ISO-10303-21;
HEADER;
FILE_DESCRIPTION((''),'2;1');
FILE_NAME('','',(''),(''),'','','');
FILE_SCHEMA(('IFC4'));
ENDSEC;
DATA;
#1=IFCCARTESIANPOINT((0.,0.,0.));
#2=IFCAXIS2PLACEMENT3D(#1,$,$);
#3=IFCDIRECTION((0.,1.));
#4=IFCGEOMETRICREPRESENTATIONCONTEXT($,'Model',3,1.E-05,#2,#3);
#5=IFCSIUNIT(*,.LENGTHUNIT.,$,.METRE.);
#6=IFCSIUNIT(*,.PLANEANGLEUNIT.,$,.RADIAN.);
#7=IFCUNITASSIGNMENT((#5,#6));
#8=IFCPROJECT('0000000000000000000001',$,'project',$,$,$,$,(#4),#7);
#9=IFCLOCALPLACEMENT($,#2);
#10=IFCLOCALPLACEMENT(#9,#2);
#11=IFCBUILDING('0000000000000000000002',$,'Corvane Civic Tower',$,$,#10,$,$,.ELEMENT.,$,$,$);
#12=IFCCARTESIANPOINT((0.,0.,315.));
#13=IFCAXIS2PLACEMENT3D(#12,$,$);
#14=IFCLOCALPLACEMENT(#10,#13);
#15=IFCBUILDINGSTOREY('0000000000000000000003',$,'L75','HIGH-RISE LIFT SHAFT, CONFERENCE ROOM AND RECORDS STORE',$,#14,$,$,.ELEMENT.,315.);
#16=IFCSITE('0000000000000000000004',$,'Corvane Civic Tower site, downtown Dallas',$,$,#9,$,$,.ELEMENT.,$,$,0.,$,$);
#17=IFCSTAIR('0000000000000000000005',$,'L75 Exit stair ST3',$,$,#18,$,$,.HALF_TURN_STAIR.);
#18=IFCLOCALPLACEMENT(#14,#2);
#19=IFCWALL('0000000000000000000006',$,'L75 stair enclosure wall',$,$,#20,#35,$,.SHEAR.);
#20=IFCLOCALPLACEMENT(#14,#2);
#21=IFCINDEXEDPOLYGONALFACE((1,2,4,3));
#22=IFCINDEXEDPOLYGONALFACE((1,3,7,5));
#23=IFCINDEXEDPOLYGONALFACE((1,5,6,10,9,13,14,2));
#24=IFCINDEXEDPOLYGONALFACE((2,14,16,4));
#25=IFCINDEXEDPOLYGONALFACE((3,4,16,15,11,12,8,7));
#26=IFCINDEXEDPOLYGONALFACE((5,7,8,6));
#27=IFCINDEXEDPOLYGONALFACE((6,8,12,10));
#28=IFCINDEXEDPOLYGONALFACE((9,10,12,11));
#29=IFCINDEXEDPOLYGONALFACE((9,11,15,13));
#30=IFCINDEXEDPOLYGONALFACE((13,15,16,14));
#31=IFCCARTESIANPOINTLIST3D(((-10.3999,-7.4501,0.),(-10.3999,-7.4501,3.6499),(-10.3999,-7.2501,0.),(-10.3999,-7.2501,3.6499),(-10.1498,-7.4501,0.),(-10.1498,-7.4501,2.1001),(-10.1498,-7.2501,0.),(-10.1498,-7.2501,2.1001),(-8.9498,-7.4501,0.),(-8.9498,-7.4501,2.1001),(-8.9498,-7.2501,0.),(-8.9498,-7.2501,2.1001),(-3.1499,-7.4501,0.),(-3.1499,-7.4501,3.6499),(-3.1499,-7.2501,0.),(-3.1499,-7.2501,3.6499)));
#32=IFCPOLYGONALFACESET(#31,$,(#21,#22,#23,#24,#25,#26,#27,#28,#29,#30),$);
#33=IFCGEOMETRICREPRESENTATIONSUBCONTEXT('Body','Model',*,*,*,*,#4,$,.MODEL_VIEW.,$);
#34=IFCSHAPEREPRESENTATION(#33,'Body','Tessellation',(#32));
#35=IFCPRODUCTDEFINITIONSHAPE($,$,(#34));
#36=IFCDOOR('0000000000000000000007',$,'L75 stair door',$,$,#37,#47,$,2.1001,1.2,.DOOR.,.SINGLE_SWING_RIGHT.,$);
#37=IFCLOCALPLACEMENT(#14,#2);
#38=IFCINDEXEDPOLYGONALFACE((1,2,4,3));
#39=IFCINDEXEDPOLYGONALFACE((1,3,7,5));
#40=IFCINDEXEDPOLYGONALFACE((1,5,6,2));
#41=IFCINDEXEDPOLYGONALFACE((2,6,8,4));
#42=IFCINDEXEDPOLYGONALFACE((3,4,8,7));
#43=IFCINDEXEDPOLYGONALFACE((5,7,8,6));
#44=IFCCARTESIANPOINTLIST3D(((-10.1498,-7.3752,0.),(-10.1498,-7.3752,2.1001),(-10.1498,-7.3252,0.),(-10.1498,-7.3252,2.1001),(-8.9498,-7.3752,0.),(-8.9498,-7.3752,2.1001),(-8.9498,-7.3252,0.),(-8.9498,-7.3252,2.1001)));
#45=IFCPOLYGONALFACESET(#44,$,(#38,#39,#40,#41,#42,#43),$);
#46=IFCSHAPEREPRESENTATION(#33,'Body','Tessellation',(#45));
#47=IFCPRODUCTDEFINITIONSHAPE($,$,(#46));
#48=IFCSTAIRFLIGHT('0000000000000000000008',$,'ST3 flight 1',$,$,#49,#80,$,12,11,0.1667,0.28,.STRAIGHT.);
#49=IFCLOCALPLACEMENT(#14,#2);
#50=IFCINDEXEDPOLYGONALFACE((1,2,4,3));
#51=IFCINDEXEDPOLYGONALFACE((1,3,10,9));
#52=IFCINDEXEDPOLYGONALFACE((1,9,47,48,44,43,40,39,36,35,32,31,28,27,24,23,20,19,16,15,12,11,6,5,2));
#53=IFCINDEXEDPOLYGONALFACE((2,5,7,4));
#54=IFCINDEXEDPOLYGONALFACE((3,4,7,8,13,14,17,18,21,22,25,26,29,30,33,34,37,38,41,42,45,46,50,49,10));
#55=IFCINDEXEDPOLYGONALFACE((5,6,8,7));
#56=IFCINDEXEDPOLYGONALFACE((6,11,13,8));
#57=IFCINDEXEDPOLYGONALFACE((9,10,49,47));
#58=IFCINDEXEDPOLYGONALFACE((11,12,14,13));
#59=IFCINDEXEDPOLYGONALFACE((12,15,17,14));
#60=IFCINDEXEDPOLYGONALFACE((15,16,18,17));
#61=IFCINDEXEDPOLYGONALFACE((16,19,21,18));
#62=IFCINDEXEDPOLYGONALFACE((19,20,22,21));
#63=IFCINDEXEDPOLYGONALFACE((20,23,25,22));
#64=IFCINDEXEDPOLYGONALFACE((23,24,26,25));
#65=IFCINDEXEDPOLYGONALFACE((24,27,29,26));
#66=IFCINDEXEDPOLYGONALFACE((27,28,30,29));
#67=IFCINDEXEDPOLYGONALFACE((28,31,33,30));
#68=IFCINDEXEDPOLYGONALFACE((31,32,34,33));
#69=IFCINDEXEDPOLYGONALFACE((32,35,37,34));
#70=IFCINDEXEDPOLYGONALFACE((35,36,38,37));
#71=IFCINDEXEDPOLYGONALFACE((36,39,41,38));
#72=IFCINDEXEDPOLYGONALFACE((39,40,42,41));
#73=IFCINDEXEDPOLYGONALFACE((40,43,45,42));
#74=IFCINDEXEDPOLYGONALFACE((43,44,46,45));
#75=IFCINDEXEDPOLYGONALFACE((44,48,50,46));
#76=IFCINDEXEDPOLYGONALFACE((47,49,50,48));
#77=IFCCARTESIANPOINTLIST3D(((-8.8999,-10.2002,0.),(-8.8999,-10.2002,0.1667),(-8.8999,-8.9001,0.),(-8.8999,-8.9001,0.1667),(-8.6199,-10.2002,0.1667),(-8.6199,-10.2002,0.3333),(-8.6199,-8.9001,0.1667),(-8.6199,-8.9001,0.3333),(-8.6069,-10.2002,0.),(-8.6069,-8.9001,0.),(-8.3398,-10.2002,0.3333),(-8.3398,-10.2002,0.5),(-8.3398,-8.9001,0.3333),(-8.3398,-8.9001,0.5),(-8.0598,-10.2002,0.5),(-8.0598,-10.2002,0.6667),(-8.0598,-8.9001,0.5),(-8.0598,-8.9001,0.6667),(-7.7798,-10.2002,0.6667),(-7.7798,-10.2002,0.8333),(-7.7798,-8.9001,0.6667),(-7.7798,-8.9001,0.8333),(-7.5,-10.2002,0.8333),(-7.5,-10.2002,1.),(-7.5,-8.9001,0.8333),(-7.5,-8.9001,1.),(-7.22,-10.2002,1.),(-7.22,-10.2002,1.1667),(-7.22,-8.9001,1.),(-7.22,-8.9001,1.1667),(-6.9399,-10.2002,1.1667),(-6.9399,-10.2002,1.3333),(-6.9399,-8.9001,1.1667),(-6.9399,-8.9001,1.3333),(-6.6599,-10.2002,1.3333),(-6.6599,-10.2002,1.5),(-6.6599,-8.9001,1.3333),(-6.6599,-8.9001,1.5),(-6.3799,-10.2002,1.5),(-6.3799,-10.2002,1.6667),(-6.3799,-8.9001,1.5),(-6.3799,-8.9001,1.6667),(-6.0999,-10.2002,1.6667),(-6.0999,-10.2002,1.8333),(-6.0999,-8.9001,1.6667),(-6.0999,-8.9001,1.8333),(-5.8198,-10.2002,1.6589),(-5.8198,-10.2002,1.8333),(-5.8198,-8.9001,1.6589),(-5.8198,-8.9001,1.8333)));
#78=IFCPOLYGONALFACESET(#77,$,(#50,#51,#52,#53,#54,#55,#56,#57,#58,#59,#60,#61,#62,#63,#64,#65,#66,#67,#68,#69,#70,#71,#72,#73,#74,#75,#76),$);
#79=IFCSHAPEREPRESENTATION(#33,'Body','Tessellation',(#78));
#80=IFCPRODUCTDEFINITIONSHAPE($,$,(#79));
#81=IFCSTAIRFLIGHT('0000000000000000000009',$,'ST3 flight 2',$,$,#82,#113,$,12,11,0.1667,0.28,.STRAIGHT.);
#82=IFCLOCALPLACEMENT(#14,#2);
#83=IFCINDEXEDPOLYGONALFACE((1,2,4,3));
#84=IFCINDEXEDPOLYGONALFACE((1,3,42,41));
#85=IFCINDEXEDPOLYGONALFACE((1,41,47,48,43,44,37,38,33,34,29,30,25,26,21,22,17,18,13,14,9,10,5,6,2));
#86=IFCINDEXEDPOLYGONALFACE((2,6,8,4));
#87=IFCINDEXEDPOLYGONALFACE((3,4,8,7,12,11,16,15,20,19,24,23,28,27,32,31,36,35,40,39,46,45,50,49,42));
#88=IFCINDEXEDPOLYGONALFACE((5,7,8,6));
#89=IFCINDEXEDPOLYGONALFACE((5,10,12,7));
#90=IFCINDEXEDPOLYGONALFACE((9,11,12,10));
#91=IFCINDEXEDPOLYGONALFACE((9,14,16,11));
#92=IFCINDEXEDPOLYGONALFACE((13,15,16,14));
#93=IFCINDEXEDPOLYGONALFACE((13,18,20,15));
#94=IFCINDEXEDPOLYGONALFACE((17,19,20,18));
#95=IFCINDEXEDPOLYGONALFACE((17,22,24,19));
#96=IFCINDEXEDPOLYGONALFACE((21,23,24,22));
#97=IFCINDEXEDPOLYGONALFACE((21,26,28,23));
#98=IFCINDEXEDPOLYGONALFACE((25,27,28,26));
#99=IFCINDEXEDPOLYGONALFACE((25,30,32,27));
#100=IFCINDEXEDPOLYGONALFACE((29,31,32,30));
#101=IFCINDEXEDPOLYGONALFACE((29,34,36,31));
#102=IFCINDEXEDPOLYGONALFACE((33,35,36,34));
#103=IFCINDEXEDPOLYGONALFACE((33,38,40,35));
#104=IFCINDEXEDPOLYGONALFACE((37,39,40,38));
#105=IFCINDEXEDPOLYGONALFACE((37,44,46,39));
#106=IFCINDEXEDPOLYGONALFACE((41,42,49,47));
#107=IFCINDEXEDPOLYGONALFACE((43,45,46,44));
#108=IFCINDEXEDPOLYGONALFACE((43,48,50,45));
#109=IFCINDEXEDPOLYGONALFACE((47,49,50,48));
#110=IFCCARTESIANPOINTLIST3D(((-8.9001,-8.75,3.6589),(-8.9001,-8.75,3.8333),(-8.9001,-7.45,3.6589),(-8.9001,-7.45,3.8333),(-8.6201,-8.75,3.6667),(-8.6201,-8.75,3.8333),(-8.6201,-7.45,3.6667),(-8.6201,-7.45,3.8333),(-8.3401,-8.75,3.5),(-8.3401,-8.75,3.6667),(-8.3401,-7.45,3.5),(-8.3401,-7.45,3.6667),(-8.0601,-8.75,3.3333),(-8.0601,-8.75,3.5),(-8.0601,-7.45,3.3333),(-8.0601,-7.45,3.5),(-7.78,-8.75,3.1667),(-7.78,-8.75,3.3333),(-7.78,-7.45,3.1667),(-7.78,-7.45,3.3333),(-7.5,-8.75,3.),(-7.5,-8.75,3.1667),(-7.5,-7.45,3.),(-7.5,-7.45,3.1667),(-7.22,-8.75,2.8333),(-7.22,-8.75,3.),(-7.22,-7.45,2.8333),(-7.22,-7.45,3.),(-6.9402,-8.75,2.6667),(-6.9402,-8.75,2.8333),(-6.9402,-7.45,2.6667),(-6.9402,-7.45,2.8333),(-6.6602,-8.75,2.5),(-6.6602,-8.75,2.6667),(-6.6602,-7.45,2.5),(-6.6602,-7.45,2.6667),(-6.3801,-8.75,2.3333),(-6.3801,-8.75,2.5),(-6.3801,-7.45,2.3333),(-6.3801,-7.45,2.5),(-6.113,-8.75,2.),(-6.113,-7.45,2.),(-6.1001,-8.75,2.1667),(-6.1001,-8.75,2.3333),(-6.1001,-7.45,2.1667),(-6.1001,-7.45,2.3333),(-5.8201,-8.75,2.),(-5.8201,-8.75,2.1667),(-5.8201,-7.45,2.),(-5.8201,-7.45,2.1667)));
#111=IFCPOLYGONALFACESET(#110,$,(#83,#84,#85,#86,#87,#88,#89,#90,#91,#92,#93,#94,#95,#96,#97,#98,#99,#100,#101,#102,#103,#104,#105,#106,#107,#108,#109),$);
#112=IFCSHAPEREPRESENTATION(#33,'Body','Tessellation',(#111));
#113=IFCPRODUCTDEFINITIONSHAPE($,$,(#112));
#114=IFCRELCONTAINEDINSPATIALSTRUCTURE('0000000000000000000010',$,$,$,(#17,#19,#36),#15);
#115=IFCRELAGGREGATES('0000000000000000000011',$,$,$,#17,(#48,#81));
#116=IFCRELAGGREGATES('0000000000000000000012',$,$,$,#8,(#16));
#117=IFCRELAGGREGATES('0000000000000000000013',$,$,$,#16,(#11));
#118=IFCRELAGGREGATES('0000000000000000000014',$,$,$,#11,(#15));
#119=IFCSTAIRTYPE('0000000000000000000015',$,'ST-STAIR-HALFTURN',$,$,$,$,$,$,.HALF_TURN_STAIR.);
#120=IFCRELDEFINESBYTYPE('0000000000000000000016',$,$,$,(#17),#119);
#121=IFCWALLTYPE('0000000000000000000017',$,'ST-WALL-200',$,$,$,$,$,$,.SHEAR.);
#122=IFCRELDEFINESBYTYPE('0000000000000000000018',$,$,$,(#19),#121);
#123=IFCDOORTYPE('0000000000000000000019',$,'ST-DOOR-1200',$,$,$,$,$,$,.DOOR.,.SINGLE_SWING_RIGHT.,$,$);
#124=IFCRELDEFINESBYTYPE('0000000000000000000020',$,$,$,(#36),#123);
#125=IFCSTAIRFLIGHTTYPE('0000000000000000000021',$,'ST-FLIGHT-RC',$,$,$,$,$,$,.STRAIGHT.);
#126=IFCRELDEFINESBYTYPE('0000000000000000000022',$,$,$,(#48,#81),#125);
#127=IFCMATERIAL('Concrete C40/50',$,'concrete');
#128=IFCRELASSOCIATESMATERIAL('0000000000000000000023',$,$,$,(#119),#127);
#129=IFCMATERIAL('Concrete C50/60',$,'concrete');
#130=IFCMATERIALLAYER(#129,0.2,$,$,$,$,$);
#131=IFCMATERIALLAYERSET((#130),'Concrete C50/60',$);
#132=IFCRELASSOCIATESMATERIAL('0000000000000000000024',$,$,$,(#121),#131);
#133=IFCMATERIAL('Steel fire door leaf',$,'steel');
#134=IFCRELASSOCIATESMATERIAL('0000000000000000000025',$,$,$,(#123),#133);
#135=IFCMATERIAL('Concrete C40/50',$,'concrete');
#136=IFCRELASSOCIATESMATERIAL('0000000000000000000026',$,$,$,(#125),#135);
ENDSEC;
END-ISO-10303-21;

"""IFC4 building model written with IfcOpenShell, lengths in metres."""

from ifc_helpers import new_model, si_unit, direction, frame, frame_2d, origin, place, context, subcontext, project, spatial, polyline, rectangle, outline, extrude, material, layer, layer_set, type_object, element, fill, aggregate, save


model = new_model("IFC4")

# Units and contexts
model_context = context("Model", 3, precision=1e-05, world=origin(), true_north=direction((0.0, 1.0)))
body_context = subcontext(model_context, "Body", "Model", "MODEL_VIEW")
ifc_project = project(units=[si_unit("LENGTHUNIT", "METRE"), si_unit("PLANEANGLEUNIT", "RADIAN")], contexts=[model_context])

# Site, building, storey
site_placement = place(None, origin())
site = spatial("IfcSite", under=ifc_project, at=site_placement, Name="Corvane Civic Tower site, downtown Dallas", CompositionType="ELEMENT", RefElevation=0.0)
building_placement = place(site_placement, origin())
building = spatial("IfcBuilding", under=site, at=building_placement, Name="Corvane Civic Tower", CompositionType="ELEMENT")
storey_placement = place(building_placement, frame((0.0, 0.0, 315.0)))
storey = spatial("IfcBuildingStorey", under=building, at=storey_placement, Name="L75", Description="HIGH-RISE LIFT SHAFT, CONFERENCE ROOM AND RECORDS STORE", CompositionType="ELEMENT", Elevation=315.0)

# Stair
ifc_material_1 = material(Name="Concrete C40/50", Category="concrete")
stair_type = type_object("IfcStairType", Name="ST-STAIR-HALFTURN", PredefinedType="HALF_TURN_STAIR", material=ifc_material_1)
stair_1_placement = place(storey_placement, origin())
stair_1 = element("IfcStair", 1, at=stair_1_placement, inside=storey, type_object=stair_type, Name="L75 Exit stair ST3", PredefinedType="HALF_TURN_STAIR")

# Wall, opening, door
ifc_material_2 = material(Name="Concrete C50/60", Category="concrete")
ifc_layer_1 = layer(ifc_material_2, 0.2)
ifc_layer_set_1 = layer_set([ifc_layer_1], Name="Concrete C50/60")
wall_type_1 = type_object("IfcWallType", Name="ST-WALL-200", PredefinedType="SHEAR", material=ifc_layer_set_1)
wall_1_placement = place(storey_placement, frame((-10.3999, -7.3501, 0.0), z_axis=(0.0, 0.0, 1.0), x_axis=(1.0, 0.0, 0.0)))
wall_1 = element("IfcWall", 2, at=wall_1_placement, inside=storey, type_object=wall_type_1, Name="L75 stair enclosure wall", PredefinedType="SHEAR", context=body_context, shape_type="SweptSolid", body=[
    extrude(rectangle(XDim=7.25, YDim=0.2, at=frame_2d((3.625, 0.0))), origin(), (0.0, 0.0, 1.0), 3.6499),
])
opening_1_placement = place(wall_1_placement, frame((0.25, 0.0, 0.0)))
opening_1 = element("IfcOpeningElement", 3, at=opening_1_placement, cuts=wall_1, PredefinedType="OPENING", context=body_context, shape_type="SweptSolid", body=[
    extrude(rectangle(XDim=1.2, YDim=2.1001, at=frame_2d((0.6001, 1.05))), frame((0.0, 0.1099, 0.0), z_axis=(0.0, -1.0, 0.0), x_axis=(1.0, 0.0, 0.0)), (0.0, 0.0, 1.0), 0.22),
])
ifc_material_3 = material(Name="Steel fire door leaf", Category="steel")
door_type_1 = type_object("IfcDoorType", Name="ST-DOOR-1200", OperationType="SINGLE_SWING_RIGHT", PredefinedType="DOOR", material=ifc_material_3)
door_1_placement = place(opening_1_placement, origin())
door_1 = element("IfcDoor", 4, at=door_1_placement, inside=storey, type_object=door_type_1, Name="L75 stair door", OperationType="SINGLE_SWING_RIGHT", OverallHeight=2.1001, OverallWidth=1.2, PredefinedType="DOOR", context=body_context, shape_type="SweptSolid", body=[
    extrude(rectangle(XDim=1.2, YDim=2.1001, at=frame_2d((0.6001, 1.05))), frame((0.0, 0.0249, 0.0), z_axis=(0.0, -1.0, 0.0), x_axis=(1.0, 0.0, 0.0)), (0.0, 0.0, 1.0), 0.05),
])
fill(opening_1, door_1)

# Stair flights
ifc_material_4 = material(Name="Concrete C40/50", Category="concrete")
stair_flight_type = type_object("IfcStairFlightType", Name="ST-FLIGHT-RC", PredefinedType="STRAIGHT", material=ifc_material_4)
stair_flight_1_placement = place(storey_placement, frame((-8.8999, -9.55, 0.0), z_axis=(0.0, 0.0, 1.0), x_axis=(1.0, 0.0, 0.0)))
stair_flight_1 = element("IfcStairFlight", 5, at=stair_flight_1_placement, type_object=stair_flight_type, Name="ST3 flight 1", NumberOfRisers=12, NumberOfTreads=11, PredefinedType="STRAIGHT", RiserHeight=0.1667, TreadLength=0.28, context=body_context, shape_type="SweptSolid", body=[
    extrude(outline(polyline([(0.0, 0.0), (0.0, 0.1667), (0.28, 0.1667), (0.28, 0.3333), (0.5601, 0.3333), (0.5601, 0.5), (0.8401, 0.5), (0.8401, 0.6667), (1.1201, 0.6667), (1.1201, 0.8333), (1.3999, 0.8333), (1.3999, 1.0), (1.6799, 1.0), (1.6799, 1.1667), (1.96, 1.1667), (1.96, 1.3333), (2.24, 1.3333), (2.24, 1.5), (2.52, 1.5), (2.52, 1.6667), (2.8, 1.6667), (2.8, 1.8333), (3.0801, 1.8333), (3.0801, 2.0), (3.0801, 1.6589), (0.293, 0.0), (0.0, 0.0)])), frame((0.0, 0.6499, 0.0), z_axis=(0.0, -1.0, 0.0), x_axis=(1.0, 0.0, 0.0)), (0.0, 0.0, 1.0), 1.3),
])
stair_flight_2_placement = place(storey_placement, frame((-5.8201, -8.1001, 2.0), z_axis=(0.0, 0.0, 1.0), x_axis=(-1.0, 0.0, 0.0)))
stair_flight_2 = element("IfcStairFlight", 6, at=stair_flight_2_placement, type_object=stair_flight_type, Name="ST3 flight 2", NumberOfRisers=12, NumberOfTreads=11, PredefinedType="STRAIGHT", RiserHeight=0.1667, TreadLength=0.28, context=body_context, shape_type="SweptSolid", body=[
    extrude(outline(polyline([(0.0, 0.0), (0.0, 0.1667), (0.28, 0.1667), (0.28, 0.3333), (0.5601, 0.3333), (0.5601, 0.5), (0.8401, 0.5), (0.8401, 0.6667), (1.1201, 0.6667), (1.1201, 0.8333), (1.3999, 0.8333), (1.3999, 1.0), (1.6799, 1.0), (1.6799, 1.1667), (1.96, 1.1667), (1.96, 1.3333), (2.24, 1.3333), (2.24, 1.5), (2.52, 1.5), (2.52, 1.6667), (2.8, 1.6667), (2.8, 1.8333), (3.0801, 1.8333), (3.0801, 2.0), (3.0801, 1.6589), (0.293, 0.0), (0.0, 0.0)])), frame((0.0, 0.6499, 0.0), z_axis=(0.0, -1.0, 0.0), x_axis=(1.0, 0.0, 0.0)), (0.0, 0.0, 1.0), 1.3),
])
aggregate(stair_1, [stair_flight_1, stair_flight_2])

save(model, "model.ifc")
